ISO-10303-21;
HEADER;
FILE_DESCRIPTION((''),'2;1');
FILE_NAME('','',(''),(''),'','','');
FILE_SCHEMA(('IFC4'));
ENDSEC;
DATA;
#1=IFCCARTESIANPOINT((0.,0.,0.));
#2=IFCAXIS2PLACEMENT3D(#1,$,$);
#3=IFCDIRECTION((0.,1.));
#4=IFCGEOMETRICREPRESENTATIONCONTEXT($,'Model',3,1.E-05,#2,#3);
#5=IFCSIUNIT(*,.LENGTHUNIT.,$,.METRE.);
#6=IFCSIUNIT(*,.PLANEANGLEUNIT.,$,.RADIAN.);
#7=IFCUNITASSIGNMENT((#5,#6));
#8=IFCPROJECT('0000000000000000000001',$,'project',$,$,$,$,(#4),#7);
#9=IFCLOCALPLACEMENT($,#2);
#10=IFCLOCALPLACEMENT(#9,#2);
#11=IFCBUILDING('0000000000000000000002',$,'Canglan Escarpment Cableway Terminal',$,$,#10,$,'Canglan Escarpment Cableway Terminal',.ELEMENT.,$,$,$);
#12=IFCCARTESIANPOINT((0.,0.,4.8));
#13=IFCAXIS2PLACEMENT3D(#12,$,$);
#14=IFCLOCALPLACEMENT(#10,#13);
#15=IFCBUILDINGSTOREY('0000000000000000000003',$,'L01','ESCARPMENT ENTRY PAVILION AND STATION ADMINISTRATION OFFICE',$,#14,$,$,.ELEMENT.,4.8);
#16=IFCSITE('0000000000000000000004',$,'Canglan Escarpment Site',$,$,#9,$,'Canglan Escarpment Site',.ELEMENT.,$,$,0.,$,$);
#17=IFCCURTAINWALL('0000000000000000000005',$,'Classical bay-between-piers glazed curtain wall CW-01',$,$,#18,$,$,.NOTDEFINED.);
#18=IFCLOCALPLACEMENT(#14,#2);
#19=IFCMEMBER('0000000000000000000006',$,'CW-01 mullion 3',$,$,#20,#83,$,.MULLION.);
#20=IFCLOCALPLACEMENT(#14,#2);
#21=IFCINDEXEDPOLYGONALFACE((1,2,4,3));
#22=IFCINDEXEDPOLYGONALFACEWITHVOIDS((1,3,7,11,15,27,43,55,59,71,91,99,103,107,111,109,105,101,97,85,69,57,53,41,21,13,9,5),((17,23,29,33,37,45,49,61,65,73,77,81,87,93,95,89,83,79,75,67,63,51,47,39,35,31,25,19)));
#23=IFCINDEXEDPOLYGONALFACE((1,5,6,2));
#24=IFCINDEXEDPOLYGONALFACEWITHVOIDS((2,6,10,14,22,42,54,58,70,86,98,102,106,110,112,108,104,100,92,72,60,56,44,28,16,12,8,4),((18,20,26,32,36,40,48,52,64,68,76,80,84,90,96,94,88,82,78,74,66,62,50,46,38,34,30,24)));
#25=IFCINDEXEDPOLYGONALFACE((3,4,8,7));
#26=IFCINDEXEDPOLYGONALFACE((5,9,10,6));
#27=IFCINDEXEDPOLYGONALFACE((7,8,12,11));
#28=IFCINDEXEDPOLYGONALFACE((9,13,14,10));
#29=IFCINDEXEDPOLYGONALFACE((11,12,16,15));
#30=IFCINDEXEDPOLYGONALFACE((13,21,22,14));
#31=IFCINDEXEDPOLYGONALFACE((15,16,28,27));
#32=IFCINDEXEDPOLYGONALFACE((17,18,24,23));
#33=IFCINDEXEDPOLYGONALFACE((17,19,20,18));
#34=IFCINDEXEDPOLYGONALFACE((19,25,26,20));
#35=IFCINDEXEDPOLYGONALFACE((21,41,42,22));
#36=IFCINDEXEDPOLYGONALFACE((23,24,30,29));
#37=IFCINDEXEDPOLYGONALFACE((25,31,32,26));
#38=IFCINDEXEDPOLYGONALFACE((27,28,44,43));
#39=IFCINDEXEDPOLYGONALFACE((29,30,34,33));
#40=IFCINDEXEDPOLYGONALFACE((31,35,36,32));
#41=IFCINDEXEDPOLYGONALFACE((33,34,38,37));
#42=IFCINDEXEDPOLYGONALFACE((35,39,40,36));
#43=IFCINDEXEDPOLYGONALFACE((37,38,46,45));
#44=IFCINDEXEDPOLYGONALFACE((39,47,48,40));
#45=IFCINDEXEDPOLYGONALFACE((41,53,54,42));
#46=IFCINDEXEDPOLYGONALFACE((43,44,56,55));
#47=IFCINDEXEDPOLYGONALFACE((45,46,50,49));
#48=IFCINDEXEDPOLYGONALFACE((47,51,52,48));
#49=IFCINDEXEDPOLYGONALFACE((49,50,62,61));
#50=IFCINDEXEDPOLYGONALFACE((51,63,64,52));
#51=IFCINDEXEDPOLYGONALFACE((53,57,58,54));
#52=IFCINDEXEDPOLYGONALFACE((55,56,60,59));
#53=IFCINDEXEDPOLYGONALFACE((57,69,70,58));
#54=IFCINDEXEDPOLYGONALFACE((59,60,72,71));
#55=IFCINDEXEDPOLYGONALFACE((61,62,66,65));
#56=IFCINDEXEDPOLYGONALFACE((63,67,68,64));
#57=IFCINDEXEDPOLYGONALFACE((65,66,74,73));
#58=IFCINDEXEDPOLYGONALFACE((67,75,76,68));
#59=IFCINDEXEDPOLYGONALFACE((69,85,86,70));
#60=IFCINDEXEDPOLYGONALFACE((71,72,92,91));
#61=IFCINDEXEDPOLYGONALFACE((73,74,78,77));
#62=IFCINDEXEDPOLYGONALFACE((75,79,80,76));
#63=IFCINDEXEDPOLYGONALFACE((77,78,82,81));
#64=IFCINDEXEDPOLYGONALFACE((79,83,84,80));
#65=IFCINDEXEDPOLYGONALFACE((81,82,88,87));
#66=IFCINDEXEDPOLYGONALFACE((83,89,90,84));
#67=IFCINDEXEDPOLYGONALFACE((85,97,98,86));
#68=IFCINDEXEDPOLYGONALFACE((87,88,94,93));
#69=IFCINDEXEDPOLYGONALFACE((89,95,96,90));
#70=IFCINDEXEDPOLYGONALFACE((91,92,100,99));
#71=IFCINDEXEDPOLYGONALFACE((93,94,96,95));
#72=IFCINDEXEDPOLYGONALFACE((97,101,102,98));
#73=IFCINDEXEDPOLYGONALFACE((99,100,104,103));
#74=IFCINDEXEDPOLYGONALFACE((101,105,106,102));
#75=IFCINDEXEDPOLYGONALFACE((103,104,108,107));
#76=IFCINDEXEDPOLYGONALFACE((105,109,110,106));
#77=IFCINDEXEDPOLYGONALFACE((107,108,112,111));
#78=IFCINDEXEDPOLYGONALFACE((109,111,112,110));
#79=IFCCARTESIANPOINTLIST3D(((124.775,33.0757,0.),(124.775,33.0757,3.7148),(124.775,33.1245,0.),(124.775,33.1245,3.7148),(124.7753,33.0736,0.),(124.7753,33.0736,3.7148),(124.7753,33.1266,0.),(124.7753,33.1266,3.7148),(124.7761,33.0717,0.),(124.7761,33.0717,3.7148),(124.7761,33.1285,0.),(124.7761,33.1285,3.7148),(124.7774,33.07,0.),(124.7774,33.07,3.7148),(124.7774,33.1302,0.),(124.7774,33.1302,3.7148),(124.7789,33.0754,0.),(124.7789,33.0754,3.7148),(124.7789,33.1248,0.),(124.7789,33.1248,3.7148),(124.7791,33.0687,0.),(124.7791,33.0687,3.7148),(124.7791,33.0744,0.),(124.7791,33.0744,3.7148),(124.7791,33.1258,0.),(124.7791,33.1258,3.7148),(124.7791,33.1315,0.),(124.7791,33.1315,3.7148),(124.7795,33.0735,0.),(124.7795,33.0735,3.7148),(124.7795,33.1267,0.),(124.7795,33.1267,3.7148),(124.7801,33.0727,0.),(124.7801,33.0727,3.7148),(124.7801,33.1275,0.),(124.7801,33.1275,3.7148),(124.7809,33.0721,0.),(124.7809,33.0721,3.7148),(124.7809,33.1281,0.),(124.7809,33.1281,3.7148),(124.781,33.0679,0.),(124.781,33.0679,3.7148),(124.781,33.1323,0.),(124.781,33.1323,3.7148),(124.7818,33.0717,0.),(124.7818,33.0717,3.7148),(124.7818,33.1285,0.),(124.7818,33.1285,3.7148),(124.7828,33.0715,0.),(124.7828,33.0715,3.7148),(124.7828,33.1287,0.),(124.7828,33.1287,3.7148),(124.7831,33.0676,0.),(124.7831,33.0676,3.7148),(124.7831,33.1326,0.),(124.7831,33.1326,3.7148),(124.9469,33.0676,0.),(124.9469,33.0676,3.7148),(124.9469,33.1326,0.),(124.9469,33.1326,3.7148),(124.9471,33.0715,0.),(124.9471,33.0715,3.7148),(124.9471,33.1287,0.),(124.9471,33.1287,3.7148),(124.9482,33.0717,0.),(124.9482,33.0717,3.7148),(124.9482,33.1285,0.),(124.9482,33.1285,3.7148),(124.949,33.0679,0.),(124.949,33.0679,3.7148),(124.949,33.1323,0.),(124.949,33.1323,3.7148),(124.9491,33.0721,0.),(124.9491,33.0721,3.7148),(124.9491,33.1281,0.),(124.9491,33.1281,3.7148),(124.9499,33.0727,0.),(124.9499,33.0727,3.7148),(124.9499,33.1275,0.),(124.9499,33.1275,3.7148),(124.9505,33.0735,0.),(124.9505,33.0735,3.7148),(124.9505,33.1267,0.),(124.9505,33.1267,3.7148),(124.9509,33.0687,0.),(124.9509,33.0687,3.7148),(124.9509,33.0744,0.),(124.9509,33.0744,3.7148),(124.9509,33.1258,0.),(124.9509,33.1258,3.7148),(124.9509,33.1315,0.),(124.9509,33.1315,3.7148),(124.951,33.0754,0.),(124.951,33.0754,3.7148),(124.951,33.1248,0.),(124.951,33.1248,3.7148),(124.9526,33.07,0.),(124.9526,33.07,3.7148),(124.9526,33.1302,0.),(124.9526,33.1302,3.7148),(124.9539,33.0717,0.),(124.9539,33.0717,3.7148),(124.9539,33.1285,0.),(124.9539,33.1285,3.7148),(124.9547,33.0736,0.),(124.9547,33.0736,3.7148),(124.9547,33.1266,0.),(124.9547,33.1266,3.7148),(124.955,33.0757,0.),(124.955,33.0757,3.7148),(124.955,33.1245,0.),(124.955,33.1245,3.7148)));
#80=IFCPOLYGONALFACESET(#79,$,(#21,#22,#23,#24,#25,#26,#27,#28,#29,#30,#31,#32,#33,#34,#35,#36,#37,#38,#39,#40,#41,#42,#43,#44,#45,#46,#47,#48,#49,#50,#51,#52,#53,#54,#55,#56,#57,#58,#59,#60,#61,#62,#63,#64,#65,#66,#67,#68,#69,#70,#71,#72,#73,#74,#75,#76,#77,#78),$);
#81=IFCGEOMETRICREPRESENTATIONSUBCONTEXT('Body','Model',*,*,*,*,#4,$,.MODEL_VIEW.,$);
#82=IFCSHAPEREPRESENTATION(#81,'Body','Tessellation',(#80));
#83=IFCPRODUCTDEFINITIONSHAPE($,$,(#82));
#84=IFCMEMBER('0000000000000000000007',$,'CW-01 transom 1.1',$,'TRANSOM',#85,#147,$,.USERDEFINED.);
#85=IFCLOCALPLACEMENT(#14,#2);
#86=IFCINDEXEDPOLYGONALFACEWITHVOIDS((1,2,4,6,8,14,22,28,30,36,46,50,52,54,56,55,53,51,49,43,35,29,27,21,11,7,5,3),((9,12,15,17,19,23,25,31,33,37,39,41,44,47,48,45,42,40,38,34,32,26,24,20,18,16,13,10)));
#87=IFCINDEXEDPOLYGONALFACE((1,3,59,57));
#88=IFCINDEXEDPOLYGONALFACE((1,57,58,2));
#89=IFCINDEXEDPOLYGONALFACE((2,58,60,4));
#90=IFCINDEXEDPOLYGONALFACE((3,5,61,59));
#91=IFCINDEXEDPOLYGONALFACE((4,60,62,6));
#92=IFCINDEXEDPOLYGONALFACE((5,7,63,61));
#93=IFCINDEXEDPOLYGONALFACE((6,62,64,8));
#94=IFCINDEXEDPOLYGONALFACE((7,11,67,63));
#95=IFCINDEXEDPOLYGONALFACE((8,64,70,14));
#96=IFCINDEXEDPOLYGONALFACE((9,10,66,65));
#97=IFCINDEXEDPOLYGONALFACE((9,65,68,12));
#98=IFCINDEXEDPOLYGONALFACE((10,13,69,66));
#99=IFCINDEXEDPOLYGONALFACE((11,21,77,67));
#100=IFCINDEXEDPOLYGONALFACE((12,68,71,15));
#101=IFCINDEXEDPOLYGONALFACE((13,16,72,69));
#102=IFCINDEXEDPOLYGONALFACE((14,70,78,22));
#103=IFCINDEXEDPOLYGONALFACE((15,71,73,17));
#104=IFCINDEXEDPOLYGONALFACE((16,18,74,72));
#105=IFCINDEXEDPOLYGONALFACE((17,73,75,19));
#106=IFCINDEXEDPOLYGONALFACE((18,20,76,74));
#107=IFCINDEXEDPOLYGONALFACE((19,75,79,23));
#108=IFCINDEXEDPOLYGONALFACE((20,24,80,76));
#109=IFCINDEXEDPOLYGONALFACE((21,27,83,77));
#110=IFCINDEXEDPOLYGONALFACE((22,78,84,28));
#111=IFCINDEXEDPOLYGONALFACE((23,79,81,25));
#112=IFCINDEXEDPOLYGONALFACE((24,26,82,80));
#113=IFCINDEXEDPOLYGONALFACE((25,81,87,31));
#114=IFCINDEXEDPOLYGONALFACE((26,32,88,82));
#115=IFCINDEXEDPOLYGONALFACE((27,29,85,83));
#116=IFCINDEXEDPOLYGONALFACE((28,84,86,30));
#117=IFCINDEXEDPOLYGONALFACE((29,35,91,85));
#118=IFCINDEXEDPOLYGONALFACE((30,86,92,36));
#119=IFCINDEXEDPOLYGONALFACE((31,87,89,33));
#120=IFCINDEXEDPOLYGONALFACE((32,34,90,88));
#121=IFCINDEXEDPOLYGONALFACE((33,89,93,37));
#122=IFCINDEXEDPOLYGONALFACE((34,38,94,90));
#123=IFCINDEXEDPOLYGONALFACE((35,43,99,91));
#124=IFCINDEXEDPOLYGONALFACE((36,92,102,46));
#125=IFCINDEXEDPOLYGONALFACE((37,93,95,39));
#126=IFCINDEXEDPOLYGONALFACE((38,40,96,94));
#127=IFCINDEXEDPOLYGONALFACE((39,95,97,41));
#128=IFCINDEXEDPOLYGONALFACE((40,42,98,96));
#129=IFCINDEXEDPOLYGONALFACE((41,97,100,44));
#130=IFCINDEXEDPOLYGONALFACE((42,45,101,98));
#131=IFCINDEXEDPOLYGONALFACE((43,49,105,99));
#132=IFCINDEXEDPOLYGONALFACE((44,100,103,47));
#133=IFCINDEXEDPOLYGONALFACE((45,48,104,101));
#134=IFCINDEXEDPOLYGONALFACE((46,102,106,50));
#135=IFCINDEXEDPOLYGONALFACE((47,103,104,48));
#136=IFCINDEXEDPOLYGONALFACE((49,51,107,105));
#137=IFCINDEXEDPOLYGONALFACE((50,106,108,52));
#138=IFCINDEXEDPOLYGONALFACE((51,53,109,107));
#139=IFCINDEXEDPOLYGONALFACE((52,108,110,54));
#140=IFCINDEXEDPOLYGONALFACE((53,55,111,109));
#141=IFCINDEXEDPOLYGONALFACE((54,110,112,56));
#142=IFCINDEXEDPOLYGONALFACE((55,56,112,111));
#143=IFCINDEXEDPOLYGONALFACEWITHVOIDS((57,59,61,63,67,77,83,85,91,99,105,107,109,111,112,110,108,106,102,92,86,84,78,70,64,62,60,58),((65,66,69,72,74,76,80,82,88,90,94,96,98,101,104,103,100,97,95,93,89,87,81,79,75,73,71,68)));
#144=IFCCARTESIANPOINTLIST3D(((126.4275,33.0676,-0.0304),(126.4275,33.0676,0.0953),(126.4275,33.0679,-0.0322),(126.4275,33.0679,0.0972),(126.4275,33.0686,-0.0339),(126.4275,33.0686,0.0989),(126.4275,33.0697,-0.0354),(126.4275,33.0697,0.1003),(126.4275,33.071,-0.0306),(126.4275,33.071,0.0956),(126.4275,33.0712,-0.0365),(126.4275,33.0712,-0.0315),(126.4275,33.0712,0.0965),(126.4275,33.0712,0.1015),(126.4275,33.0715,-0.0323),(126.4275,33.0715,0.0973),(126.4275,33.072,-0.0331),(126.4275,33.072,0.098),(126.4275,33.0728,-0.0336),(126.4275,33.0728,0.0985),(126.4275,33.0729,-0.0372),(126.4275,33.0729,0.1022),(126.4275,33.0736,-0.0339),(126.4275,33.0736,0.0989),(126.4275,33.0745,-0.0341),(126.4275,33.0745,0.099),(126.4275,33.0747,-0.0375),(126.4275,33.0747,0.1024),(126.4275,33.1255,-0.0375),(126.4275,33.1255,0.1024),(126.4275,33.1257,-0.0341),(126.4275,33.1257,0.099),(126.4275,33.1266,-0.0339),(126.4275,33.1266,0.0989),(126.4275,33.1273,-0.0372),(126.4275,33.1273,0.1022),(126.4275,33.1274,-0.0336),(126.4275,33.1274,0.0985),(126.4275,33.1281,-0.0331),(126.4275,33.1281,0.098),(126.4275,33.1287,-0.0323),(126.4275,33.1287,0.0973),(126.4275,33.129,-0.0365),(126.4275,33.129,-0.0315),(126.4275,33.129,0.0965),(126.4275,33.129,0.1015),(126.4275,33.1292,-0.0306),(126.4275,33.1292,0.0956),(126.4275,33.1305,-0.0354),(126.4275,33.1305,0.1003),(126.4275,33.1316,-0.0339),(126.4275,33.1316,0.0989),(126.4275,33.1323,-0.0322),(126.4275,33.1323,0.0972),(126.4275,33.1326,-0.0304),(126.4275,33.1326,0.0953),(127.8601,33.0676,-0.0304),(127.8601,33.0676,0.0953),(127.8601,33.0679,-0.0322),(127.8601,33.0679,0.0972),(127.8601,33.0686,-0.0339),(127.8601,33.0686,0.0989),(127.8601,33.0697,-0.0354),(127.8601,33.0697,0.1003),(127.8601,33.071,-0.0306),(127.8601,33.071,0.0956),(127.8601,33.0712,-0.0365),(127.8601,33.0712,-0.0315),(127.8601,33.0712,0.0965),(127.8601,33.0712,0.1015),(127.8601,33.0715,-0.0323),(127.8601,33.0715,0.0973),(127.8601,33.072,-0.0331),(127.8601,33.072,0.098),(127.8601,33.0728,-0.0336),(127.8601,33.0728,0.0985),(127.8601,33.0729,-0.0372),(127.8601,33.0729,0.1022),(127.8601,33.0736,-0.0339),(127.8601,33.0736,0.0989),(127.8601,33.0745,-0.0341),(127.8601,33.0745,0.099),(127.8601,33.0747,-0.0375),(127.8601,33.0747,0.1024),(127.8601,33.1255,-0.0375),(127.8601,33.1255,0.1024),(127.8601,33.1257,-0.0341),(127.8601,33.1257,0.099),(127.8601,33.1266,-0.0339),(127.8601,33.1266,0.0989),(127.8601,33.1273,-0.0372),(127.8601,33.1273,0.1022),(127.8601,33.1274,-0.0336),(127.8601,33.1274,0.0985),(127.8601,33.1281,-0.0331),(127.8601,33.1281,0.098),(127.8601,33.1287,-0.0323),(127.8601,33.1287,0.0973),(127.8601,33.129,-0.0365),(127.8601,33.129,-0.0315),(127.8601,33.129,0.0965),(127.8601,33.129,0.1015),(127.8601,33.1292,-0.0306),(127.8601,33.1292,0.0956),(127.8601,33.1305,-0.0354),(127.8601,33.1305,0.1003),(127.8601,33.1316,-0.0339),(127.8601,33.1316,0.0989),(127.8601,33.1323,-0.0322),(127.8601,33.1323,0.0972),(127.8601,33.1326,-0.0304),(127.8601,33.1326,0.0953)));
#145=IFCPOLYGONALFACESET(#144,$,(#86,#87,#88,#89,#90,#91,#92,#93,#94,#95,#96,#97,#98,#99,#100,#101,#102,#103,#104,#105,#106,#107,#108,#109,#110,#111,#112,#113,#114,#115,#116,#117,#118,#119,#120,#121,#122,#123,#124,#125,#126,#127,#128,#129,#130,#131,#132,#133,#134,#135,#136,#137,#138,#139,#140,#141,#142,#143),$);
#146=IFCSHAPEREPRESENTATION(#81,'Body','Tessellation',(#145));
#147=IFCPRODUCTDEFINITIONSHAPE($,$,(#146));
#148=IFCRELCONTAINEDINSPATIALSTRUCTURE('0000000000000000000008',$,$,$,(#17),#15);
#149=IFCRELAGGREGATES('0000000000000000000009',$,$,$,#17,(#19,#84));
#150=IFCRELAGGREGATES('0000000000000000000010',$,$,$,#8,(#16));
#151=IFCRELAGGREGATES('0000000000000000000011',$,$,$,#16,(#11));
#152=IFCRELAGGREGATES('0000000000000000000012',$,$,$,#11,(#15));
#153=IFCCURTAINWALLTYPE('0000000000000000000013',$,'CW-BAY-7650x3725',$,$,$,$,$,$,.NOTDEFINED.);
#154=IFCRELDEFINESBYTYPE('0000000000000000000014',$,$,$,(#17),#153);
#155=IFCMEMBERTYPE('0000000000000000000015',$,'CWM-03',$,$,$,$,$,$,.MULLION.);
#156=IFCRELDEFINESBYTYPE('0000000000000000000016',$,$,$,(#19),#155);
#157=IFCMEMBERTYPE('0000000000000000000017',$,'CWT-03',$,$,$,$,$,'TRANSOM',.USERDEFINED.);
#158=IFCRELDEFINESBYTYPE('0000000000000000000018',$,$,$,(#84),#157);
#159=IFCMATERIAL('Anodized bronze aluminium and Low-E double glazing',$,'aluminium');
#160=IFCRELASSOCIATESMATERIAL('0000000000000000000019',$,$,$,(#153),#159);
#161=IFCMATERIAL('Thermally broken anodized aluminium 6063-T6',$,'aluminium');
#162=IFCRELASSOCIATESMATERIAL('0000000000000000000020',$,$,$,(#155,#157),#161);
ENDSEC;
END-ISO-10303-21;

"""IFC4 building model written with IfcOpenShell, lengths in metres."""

from ifc_helpers import new_model, si_unit, direction, frame, origin, origin_2d, place, context, subcontext, project, spatial, hollow_rectangle, extrude, material, material_profile, profile_set, type_object, element, aggregate, save


model = new_model("IFC4")

# Units and contexts
model_context = context("Model", 3, precision=1e-05, world=origin(), true_north=direction((0.0, 1.0)))
body_context = subcontext(model_context, "Body", "Model", "MODEL_VIEW")
ifc_project = project(units=[si_unit("LENGTHUNIT", "METRE"), si_unit("PLANEANGLEUNIT", "RADIAN")], contexts=[model_context])

# Site, building, storey
site_placement = place(None, origin())
site = spatial("IfcSite", under=ifc_project, at=site_placement, Name="Canglan Escarpment Site", LongName="Canglan Escarpment Site", CompositionType="ELEMENT", RefElevation=0.0)
building_placement = place(site_placement, origin())
building = spatial("IfcBuilding", under=site, at=building_placement, Name="Canglan Escarpment Cableway Terminal", LongName="Canglan Escarpment Cableway Terminal", CompositionType="ELEMENT")
storey_placement = place(building_placement, frame((0.0, 0.0, 4.8)))
storey = spatial("IfcBuildingStorey", under=building, at=storey_placement, Name="L01", Description="ESCARPMENT ENTRY PAVILION AND STATION ADMINISTRATION OFFICE", CompositionType="ELEMENT", Elevation=4.8)

# Curtain wall, members
ifc_material_1 = material(Name="Anodized bronze aluminium and Low-E double glazing", Category="aluminium")
curtain_wall_type = type_object("IfcCurtainWallType", Name="CW-BAY-7650x3725", PredefinedType="NOTDEFINED", material=ifc_material_1)
curtain_wall_placement = place(storey_placement, origin())
curtain_wall = element("IfcCurtainWall", 1, at=curtain_wall_placement, inside=storey, type_object=curtain_wall_type, Name="Classical bay-between-piers glazed curtain wall CW-01", PredefinedType="NOTDEFINED")
ifc_material_2 = material(Name="Thermally broken anodized aluminium 6063-T6", Category="aluminium")
ifc_material_profile_1 = material_profile(ifc_material_2, hollow_rectangle(XDim=0.0649, YDim=0.1799, WallThickness=0.0039, InnerFilletRadius=0.0039, OuterFilletRadius=0.0081, at=origin_2d()), Name="ALU-MULL 65x180x4")
ifc_profile_set_1 = profile_set([ifc_material_profile_1], Name="Thermally broken anodized aluminium 6063-T6")
member_type_1 = type_object("IfcMemberType", Name="CWM-03", PredefinedType="MULLION", material=ifc_profile_set_1)
member_1_placement = place(storey_placement, frame((124.865, 33.1001, 0.0), z_axis=(0.0, 0.0, 1.0), x_axis=(0.0, -1.0, 0.0)))
member_1 = element("IfcMember", 2, at=member_1_placement, type_object=member_type_1, Name="CW-01 mullion 3", PredefinedType="MULLION", context=body_context, shape_type="SweptSolid", body=[
    extrude(hollow_rectangle(XDim=0.0649, YDim=0.1799, WallThickness=0.0039, InnerFilletRadius=0.0039, OuterFilletRadius=0.0081, at=origin_2d()), origin(), (0.0, 0.0, 1.0), 3.7148),
])
ifc_material_profile_2 = material_profile(ifc_material_2, hollow_rectangle(XDim=0.0649, YDim=0.1399, WallThickness=0.0034, InnerFilletRadius=0.0034, OuterFilletRadius=0.0071, at=origin_2d()), Name="ALU-TRAN 65x140x3.5")
ifc_profile_set_2 = profile_set([ifc_material_profile_2], Name="Thermally broken anodized aluminium 6063-T6")
member_type_2 = type_object("IfcMemberType", Name="CWT-03", ElementType="TRANSOM", PredefinedType="USERDEFINED", material=ifc_profile_set_2)
member_2_placement = place(storey_placement, frame((127.8601, 33.1001, 0.0325), z_axis=(-1.0, 0.0, 0.0), x_axis=(0.0, -1.0, 0.0)))
member_2 = element("IfcMember", 3, at=member_2_placement, type_object=member_type_2, Name="CW-01 transom 1.1", ObjectType="TRANSOM", PredefinedType="USERDEFINED", context=body_context, shape_type="SweptSolid", body=[
    extrude(hollow_rectangle(XDim=0.0649, YDim=0.1399, WallThickness=0.0034, InnerFilletRadius=0.0034, OuterFilletRadius=0.0071, at=origin_2d()), origin(), (0.0, 0.0, 1.0), 1.4326),
])

aggregate(curtain_wall, [member_1, member_2])

save(model, "model.ifc")
